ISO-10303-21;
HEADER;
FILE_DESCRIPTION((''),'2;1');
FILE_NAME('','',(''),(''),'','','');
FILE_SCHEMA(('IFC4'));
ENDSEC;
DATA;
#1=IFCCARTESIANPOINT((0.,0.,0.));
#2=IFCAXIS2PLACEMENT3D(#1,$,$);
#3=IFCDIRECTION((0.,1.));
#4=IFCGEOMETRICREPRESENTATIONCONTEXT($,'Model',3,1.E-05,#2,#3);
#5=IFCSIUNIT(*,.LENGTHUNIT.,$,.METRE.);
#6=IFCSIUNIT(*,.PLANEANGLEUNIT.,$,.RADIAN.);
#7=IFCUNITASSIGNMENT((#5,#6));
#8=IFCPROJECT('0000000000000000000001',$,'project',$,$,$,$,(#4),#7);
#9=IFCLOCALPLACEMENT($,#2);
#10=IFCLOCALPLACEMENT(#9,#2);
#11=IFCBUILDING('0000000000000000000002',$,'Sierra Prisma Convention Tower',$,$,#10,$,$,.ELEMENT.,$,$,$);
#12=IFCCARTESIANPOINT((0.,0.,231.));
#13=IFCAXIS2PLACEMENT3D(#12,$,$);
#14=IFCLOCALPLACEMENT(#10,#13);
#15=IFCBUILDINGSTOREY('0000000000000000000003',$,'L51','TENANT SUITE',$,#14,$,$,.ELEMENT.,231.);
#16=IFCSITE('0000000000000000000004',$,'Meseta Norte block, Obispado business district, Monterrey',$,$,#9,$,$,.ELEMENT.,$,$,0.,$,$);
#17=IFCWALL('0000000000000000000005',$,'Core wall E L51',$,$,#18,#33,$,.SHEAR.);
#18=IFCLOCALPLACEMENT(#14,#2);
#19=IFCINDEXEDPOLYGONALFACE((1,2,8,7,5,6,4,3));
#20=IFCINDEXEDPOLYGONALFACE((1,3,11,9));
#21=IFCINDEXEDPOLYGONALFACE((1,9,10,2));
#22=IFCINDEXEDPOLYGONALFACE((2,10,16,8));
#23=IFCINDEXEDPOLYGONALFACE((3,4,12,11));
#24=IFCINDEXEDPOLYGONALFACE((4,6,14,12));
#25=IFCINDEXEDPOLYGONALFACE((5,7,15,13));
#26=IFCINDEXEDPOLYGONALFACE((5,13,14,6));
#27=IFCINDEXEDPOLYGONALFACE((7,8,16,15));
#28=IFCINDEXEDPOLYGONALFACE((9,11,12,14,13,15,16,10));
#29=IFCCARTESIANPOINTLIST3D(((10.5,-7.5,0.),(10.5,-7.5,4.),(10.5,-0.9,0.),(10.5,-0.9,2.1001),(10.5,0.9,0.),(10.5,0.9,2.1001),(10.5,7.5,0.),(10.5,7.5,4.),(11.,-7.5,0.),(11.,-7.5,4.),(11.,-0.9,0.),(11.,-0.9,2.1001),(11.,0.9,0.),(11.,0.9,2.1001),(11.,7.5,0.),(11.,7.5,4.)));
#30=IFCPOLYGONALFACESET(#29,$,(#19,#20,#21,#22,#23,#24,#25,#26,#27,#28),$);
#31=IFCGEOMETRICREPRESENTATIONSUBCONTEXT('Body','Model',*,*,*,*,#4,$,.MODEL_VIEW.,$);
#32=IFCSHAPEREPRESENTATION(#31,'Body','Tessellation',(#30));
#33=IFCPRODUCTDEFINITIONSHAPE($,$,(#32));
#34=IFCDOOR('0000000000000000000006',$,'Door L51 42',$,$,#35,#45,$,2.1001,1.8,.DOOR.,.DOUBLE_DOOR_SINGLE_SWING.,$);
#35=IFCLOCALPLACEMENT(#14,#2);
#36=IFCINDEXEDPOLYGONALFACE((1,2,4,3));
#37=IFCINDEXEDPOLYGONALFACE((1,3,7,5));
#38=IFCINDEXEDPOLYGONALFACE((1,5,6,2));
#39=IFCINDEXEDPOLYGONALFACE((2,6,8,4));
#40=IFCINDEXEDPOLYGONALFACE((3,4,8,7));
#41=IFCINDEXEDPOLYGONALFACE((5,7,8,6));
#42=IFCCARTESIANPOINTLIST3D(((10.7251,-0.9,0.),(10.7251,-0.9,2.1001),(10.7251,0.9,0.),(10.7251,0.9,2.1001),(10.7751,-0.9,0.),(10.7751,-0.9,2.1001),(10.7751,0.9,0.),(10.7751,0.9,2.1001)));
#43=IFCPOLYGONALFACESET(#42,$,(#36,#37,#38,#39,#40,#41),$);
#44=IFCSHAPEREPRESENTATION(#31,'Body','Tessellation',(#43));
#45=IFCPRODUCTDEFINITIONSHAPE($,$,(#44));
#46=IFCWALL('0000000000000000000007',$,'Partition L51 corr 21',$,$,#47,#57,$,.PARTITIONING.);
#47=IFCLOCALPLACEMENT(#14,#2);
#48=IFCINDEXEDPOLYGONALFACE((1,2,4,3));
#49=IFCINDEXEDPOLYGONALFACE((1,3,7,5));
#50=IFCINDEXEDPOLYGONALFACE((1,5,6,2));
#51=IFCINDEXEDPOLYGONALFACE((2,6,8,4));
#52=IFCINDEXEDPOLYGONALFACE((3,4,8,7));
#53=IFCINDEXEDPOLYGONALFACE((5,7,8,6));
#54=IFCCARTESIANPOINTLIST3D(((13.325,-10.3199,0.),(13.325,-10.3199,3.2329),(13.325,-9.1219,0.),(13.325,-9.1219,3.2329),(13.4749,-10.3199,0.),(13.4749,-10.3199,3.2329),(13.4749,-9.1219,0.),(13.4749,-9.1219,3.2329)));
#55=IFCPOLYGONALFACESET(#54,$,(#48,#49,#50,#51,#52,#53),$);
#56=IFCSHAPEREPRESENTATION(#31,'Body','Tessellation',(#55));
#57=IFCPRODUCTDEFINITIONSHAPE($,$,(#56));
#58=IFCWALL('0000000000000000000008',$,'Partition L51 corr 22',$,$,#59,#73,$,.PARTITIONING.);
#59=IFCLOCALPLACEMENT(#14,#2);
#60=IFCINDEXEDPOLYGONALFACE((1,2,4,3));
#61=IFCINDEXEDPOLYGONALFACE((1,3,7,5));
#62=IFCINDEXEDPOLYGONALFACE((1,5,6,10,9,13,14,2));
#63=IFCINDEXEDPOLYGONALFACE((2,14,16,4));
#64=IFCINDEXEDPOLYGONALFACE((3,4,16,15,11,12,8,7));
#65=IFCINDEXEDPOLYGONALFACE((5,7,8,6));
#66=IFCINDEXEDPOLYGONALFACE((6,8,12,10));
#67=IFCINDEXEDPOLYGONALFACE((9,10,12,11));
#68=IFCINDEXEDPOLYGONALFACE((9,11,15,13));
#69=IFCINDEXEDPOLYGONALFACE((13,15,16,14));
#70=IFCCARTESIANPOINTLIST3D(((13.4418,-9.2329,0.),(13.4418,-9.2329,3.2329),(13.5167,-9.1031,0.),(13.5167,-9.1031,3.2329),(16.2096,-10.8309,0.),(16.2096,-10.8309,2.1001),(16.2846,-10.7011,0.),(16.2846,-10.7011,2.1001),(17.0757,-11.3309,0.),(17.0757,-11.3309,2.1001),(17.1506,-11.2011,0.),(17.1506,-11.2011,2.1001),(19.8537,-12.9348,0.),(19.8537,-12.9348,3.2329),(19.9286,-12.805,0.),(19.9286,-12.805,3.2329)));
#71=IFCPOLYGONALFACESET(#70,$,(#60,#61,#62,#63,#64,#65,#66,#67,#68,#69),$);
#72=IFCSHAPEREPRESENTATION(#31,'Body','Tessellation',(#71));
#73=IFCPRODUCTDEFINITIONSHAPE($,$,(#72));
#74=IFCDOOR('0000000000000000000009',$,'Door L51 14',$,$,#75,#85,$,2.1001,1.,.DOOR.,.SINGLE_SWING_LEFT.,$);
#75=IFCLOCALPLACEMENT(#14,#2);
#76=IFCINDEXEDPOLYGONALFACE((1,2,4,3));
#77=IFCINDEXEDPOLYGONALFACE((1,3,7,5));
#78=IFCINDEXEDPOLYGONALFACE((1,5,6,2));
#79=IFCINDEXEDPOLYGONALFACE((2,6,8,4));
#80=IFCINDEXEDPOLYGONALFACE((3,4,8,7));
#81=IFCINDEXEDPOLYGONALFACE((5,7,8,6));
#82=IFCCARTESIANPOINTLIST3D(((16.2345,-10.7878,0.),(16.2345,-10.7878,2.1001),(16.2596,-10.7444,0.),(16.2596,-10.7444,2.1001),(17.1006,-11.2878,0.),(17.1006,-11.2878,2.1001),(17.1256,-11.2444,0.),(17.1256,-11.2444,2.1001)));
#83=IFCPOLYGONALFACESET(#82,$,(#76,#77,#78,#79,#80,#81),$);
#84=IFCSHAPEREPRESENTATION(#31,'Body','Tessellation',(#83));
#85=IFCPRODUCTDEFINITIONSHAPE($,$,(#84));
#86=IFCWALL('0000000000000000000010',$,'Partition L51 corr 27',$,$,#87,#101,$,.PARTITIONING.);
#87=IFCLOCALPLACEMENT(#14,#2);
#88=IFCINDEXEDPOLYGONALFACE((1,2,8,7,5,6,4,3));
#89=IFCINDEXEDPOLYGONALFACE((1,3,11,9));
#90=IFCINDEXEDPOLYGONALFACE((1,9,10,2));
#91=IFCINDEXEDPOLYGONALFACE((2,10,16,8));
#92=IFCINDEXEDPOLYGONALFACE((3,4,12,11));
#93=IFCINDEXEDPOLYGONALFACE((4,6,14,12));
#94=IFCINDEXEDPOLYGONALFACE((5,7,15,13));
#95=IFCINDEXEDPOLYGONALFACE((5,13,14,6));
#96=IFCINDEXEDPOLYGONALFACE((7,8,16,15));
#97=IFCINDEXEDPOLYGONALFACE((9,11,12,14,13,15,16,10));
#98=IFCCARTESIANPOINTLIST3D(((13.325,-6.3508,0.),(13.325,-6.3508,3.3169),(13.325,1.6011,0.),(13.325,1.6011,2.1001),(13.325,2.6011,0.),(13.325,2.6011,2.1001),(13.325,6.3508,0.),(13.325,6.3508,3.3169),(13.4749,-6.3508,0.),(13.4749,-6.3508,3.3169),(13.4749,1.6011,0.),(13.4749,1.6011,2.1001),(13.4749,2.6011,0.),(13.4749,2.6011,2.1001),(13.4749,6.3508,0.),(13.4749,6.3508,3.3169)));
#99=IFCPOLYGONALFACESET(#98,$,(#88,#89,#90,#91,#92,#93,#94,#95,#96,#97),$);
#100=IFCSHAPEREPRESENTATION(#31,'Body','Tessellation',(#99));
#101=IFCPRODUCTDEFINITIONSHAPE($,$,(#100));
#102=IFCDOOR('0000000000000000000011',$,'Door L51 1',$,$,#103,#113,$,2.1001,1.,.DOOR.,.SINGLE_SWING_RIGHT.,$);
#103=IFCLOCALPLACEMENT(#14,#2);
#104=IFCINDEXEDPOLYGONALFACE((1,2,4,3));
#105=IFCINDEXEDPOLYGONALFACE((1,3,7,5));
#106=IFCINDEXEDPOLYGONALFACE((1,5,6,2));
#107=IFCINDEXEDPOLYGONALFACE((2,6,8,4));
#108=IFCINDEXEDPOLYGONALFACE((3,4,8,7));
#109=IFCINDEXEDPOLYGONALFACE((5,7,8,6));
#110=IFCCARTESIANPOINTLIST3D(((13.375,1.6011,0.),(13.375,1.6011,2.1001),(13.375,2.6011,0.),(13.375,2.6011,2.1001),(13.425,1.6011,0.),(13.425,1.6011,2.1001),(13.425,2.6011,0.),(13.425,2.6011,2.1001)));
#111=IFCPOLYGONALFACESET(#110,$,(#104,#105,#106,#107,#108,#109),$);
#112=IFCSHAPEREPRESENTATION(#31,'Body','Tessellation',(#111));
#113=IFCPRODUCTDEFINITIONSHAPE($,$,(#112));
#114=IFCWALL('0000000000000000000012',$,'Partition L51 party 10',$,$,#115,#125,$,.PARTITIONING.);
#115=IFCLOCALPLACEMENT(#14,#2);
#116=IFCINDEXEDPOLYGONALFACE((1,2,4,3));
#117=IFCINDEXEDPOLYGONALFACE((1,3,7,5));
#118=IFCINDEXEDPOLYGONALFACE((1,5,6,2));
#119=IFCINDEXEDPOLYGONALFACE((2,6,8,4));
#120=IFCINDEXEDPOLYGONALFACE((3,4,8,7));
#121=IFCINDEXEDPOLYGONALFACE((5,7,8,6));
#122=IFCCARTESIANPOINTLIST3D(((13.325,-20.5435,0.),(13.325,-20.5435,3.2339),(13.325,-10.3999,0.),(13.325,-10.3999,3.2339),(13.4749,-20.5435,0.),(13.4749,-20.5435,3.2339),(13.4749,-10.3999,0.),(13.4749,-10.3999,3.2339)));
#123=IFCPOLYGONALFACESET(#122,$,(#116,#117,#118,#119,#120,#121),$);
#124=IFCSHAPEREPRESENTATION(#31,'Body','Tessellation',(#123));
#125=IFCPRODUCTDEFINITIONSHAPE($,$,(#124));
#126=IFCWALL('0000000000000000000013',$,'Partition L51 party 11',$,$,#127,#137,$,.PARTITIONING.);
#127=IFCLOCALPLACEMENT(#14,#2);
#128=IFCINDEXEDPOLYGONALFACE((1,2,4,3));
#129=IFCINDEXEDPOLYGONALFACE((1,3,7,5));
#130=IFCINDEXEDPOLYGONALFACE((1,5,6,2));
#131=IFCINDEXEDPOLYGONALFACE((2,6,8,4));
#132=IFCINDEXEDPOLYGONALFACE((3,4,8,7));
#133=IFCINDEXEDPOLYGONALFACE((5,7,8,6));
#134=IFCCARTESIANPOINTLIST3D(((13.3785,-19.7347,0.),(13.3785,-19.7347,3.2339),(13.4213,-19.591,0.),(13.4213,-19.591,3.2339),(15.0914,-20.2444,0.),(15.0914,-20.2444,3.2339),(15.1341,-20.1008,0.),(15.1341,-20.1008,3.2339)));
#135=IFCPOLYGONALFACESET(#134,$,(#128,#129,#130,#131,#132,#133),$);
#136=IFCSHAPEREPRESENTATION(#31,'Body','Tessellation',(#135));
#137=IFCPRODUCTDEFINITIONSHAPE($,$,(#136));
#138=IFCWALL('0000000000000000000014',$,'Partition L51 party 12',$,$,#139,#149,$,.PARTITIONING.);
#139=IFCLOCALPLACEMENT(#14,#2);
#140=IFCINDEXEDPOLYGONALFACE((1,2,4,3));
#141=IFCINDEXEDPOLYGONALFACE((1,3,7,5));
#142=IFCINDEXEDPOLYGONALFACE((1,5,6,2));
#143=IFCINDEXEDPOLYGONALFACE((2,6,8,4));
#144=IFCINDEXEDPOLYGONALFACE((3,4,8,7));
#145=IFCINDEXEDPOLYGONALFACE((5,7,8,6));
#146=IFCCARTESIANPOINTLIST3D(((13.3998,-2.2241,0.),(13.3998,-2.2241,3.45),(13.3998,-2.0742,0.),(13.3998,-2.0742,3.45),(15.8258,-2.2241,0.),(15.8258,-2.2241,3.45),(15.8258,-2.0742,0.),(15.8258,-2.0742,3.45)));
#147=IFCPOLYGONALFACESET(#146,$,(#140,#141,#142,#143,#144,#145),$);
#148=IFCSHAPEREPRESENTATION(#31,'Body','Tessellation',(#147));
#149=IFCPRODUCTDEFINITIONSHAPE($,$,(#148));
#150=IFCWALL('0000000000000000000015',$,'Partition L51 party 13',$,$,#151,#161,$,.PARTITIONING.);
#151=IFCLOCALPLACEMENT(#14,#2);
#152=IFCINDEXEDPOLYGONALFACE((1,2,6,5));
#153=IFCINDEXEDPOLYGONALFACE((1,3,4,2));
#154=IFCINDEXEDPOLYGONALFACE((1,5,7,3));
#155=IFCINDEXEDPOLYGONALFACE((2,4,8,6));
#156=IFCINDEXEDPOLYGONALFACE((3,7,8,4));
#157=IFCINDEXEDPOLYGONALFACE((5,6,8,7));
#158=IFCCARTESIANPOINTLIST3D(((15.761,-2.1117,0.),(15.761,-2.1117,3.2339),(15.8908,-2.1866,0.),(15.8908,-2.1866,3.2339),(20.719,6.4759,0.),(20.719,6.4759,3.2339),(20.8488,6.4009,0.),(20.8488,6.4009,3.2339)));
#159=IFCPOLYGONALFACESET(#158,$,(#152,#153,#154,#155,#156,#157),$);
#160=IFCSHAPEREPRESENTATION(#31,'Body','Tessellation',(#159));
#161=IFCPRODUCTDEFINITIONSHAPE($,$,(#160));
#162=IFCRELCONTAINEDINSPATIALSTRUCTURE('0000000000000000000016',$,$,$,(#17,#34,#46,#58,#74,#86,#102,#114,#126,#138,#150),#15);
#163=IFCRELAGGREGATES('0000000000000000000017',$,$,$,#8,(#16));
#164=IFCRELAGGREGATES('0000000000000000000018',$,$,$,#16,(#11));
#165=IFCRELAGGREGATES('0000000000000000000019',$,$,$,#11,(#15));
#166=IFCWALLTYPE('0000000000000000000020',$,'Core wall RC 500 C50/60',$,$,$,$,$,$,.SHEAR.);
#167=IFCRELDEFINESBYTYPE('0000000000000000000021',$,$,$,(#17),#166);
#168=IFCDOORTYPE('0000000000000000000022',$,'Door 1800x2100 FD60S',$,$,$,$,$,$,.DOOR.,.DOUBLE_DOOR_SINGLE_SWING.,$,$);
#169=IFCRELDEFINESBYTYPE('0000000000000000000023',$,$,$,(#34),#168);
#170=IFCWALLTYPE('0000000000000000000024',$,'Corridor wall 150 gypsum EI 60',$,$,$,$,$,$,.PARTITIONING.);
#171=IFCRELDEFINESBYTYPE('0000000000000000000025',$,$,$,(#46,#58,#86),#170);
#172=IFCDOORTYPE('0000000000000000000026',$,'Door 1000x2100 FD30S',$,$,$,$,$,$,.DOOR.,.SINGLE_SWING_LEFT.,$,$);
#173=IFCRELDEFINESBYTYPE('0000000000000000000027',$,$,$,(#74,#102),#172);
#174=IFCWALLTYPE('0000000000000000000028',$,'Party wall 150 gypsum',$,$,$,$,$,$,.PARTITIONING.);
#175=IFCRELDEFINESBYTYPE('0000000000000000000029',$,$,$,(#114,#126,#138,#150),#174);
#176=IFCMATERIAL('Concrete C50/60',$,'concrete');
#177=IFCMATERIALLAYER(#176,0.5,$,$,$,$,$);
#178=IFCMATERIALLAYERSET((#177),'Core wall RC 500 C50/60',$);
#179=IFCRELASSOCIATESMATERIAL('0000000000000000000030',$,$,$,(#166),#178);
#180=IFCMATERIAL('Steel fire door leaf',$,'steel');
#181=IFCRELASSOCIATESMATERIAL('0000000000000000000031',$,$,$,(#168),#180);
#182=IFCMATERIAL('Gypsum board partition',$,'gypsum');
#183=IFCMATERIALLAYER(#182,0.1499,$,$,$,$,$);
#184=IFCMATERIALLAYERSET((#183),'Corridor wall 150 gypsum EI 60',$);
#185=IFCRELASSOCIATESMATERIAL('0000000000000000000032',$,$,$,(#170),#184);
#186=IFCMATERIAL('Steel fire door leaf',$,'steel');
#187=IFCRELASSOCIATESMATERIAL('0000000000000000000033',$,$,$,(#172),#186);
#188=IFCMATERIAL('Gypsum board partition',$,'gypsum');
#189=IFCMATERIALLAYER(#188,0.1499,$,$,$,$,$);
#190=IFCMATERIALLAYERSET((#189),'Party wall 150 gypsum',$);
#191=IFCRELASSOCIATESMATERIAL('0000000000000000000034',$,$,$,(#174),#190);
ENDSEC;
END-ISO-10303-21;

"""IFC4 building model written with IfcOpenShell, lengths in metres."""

from ifc_helpers import new_model, si_unit, direction, frame, frame_2d, origin, place, context, subcontext, project, spatial, rectangle, extrude, material, layer, layer_set, type_object, element, fill, save


model = new_model("IFC4")

# Units and contexts
model_context = context("Model", 3, precision=1e-05, world=origin(), true_north=direction((0.0, 1.0)))
body_context = subcontext(model_context, "Body", "Model", "MODEL_VIEW")
ifc_project = project(units=[si_unit("LENGTHUNIT", "METRE"), si_unit("PLANEANGLEUNIT", "RADIAN")], contexts=[model_context])

# Site, building, storey
site_placement = place(None, origin())
site = spatial("IfcSite", under=ifc_project, at=site_placement, Name="Meseta Norte block, Obispado business district, Monterrey", CompositionType="ELEMENT", RefElevation=0.0)
building_placement = place(site_placement, origin())
building = spatial("IfcBuilding", under=site, at=building_placement, Name="Sierra Prisma Convention Tower", CompositionType="ELEMENT")
storey_placement = place(building_placement, frame((0.0, 0.0, 231.0)))
storey = spatial("IfcBuildingStorey", under=building, at=storey_placement, Name="L51", Description="TENANT SUITE", CompositionType="ELEMENT", Elevation=231.0)

# Wall, opening, door
ifc_material_1 = material(Name="Concrete C50/60", Category="concrete")
ifc_layer_1 = layer(ifc_material_1, 0.5)
ifc_layer_set_1 = layer_set([ifc_layer_1], Name="Core wall RC 500 C50/60")
wall_type_1 = type_object("IfcWallType", Name="Core wall RC 500 C50/60", PredefinedType="SHEAR", material=ifc_layer_set_1)
wall_1_placement = place(storey_placement, frame((10.75, -7.5, 0.0), z_axis=(0.0, 0.0, 1.0), x_axis=(0.0, 1.0, 0.0)))
wall_1 = element("IfcWall", 1, at=wall_1_placement, inside=storey, type_object=wall_type_1, Name="Core wall E L51", PredefinedType="SHEAR", context=body_context, shape_type="SweptSolid", body=[
    extrude(rectangle(XDim=15.0, YDim=0.5, at=frame_2d((7.5, 0.0))), origin(), (0.0, 0.0, 1.0), 4.0),
])
opening_1_placement = place(wall_1_placement, frame((6.6001, 0.0, 0.0)))
opening_1 = element("IfcOpeningElement", 2, at=opening_1_placement, cuts=wall_1, PredefinedType="OPENING", context=body_context, shape_type="SweptSolid", body=[
    extrude(rectangle(XDim=1.8, YDim=2.1001, at=frame_2d((0.8999, 1.05))), frame((0.0, 0.25, 0.0), z_axis=(0.0, -1.0, 0.0), x_axis=(1.0, 0.0, 0.0)), (0.0, 0.0, 1.0), 0.5),
])
ifc_material_2 = material(Name="Steel fire door leaf", Category="steel")
door_type_1 = type_object("IfcDoorType", Name="Door 1800x2100 FD60S", OperationType="DOUBLE_DOOR_SINGLE_SWING", PredefinedType="DOOR", material=ifc_material_2)
door_1_placement = place(opening_1_placement, origin())
door_1 = element("IfcDoor", 3, at=door_1_placement, inside=storey, type_object=door_type_1, Name="Door L51 42", OperationType="DOUBLE_DOOR_SINGLE_SWING", OverallHeight=2.1001, OverallWidth=1.8, PredefinedType="DOOR", context=body_context, shape_type="SweptSolid", body=[
    extrude(rectangle(XDim=1.8, YDim=2.1001, at=frame_2d((0.8999, 1.05))), frame((0.0, 0.0249, 0.0), z_axis=(0.0, -1.0, 0.0), x_axis=(1.0, 0.0, 0.0)), (0.0, 0.0, 1.0), 0.05),
])
fill(opening_1, door_1)

# Wall
ifc_material_3 = material(Name="Gypsum board partition", Category="gypsum")
ifc_layer_2 = layer(ifc_material_3, 0.1499)
ifc_layer_set_2 = layer_set([ifc_layer_2], Name="Corridor wall 150 gypsum EI 60")
wall_type_2 = type_object("IfcWallType", Name="Corridor wall 150 gypsum EI 60", PredefinedType="PARTITIONING", material=ifc_layer_set_2)
wall_2_placement = place(storey_placement, frame((13.3999, -10.3201, 0.0), z_axis=(0.0, 0.0, 1.0), x_axis=(0.0, 1.0, 0.0)))
element("IfcWall", 4, at=wall_2_placement, inside=storey, type_object=wall_type_2, Name="Partition L51 corr 21", PredefinedType="PARTITIONING", context=body_context, shape_type="SweptSolid", body=[
    extrude(rectangle(XDim=1.198, YDim=0.1499, at=frame_2d((0.5991, 0.0))), origin(), (0.0, 0.0, 1.0), 3.2329),
])

# Walls, openings, doors
wall_3_placement = place(storey_placement, frame((13.4792, -9.168, 0.0), z_axis=(0.0, 0.0, 1.0), x_axis=(0.866025, -0.500001, 0.0)))
wall_3 = element("IfcWall", 5, at=wall_3_placement, inside=storey, type_object=wall_type_2, Name="Partition L51 corr 22", PredefinedType="PARTITIONING", context=body_context, shape_type="SweptSolid", body=[
    extrude(rectangle(XDim=7.4038, YDim=0.1499, at=frame_2d((3.7019, 0.0))), origin(), (0.0, 0.0, 1.0), 3.2329),
])
opening_2_placement = place(wall_3_placement, frame((3.196, 0.0, 0.0)))
opening_2 = element("IfcOpeningElement", 6, at=opening_2_placement, cuts=wall_3, PredefinedType="OPENING", context=body_context, shape_type="SweptSolid", body=[
    extrude(rectangle(XDim=1.0, YDim=2.1001, at=frame_2d((0.5, 1.05))), frame((0.0, 0.075, 0.0), z_axis=(0.0, -1.0, 0.0), x_axis=(1.0, 0.0, 0.0)), (0.0, 0.0, 1.0), 0.1499),
])
ifc_material_4 = material(Name="Steel fire door leaf", Category="steel")
door_type_2 = type_object("IfcDoorType", Name="Door 1000x2100 FD30S", OperationType="SINGLE_SWING_LEFT", PredefinedType="DOOR", material=ifc_material_4)
door_2_placement = place(opening_2_placement, origin())
door_2 = element("IfcDoor", 7, at=door_2_placement, inside=storey, type_object=door_type_2, Name="Door L51 14", OperationType="SINGLE_SWING_LEFT", OverallHeight=2.1001, OverallWidth=1.0, PredefinedType="DOOR", context=body_context, shape_type="SweptSolid", body=[
    extrude(rectangle(XDim=1.0, YDim=2.1001, at=frame_2d((0.5, 1.05))), frame((0.0, 0.0249, 0.0), z_axis=(0.0, -1.0, 0.0), x_axis=(1.0, 0.0, 0.0)), (0.0, 0.0, 1.0), 0.05),
])
fill(opening_2, door_2)
wall_4_placement = place(storey_placement, frame((13.3999, -6.3508, 0.0), z_axis=(0.0, 0.0, 1.0), x_axis=(0.0, 1.0, 0.0)))
wall_4 = element("IfcWall", 8, at=wall_4_placement, inside=storey, type_object=wall_type_2, Name="Partition L51 corr 27", PredefinedType="PARTITIONING", context=body_context, shape_type="SweptSolid", body=[
    extrude(rectangle(XDim=12.7017, YDim=0.1499, at=frame_2d((6.3508, 0.0))), origin(), (0.0, 0.0, 1.0), 3.3169),
])
opening_3_placement = place(wall_4_placement, frame((7.9519, 0.0, 0.0)))
opening_3 = element("IfcOpeningElement", 9, at=opening_3_placement, cuts=wall_4, PredefinedType="OPENING", context=body_context, shape_type="SweptSolid", body=[
    extrude(rectangle(XDim=1.0, YDim=2.1001, at=frame_2d((0.5, 1.05))), frame((0.0, 0.075, 0.0), z_axis=(0.0, -1.0, 0.0), x_axis=(1.0, 0.0, 0.0)), (0.0, 0.0, 1.0), 0.1499),
])
door_3_placement = place(opening_3_placement, origin())
door_3 = element("IfcDoor", 10, at=door_3_placement, inside=storey, type_object=door_type_2, Name="Door L51 1", OperationType="SINGLE_SWING_RIGHT", OverallHeight=2.1001, OverallWidth=1.0, PredefinedType="DOOR", context=body_context, shape_type="SweptSolid", body=[
    extrude(rectangle(XDim=1.0, YDim=2.1001, at=frame_2d((0.5, 1.05))), frame((0.0, 0.0249, 0.0), z_axis=(0.0, -1.0, 0.0), x_axis=(1.0, 0.0, 0.0)), (0.0, 0.0, 1.0), 0.05),
])
fill(opening_3, door_3)

# Walls
ifc_material_5 = material(Name="Gypsum board partition", Category="gypsum")
ifc_layer_3 = layer(ifc_material_5, 0.1499)
ifc_layer_set_3 = layer_set([ifc_layer_3], Name="Party wall 150 gypsum")
wall_type_3 = type_object("IfcWallType", Name="Party wall 150 gypsum", PredefinedType="PARTITIONING", material=ifc_layer_set_3)
wall_5_placement = place(storey_placement, frame((13.3999, -10.3999, 0.0), z_axis=(0.0, 0.0, 1.0), x_axis=(0.0, -1.0, 0.0)))
element("IfcWall", 11, at=wall_5_placement, inside=storey, type_object=wall_type_3, Name="Partition L51 party 10", PredefinedType="PARTITIONING", context=body_context, shape_type="SweptSolid", body=[
    extrude(rectangle(XDim=10.1436, YDim=0.1499, at=frame_2d((5.0718, 0.0))), origin(), (0.0, 0.0, 1.0), 3.2339),
])
wall_6_placement = place(storey_placement, frame((13.3999, -19.6628, 0.0), z_axis=(0.0, 0.0, 1.0), x_axis=(0.958456, -0.285242, 0.0)))
element("IfcWall", 12, at=wall_6_placement, inside=storey, type_object=wall_type_3, Name="Partition L51 party 11", PredefinedType="PARTITIONING", context=body_context, shape_type="SweptSolid", body=[
    extrude(rectangle(XDim=1.7871, YDim=0.1499, at=frame_2d((0.8936, 0.0))), origin(), (0.0, 0.0, 1.0), 3.2339),
])
wall_7_placement = place(storey_placement, frame((13.3999, -2.1492, 0.0), z_axis=(0.0, 0.0, 1.0), x_axis=(1.0, 0.0, 0.0)))
element("IfcWall", 13, at=wall_7_placement, inside=storey, type_object=wall_type_3, Name="Partition L51 party 12", PredefinedType="PARTITIONING", context=body_context, shape_type="SweptSolid", body=[
    extrude(rectangle(XDim=2.426, YDim=0.1499, at=frame_2d((1.2129, 0.0))), origin(), (0.0, 0.0, 1.0), 3.45),
])
wall_8_placement = place(storey_placement, frame((15.8259, -2.1492, 0.0), z_axis=(0.0, 0.0, 1.0), x_axis=(0.499995, 0.866029, 0.0)))
element("IfcWall", 14, at=wall_8_placement, inside=storey, type_object=wall_type_3, Name="Partition L51 party 13", PredefinedType="PARTITIONING", context=body_context, shape_type="SweptSolid", body=[
    extrude(rectangle(XDim=9.916, YDim=0.1499, at=frame_2d((4.958, 0.0))), origin(), (0.0, 0.0, 1.0), 3.2339),
])

save(model, "model.ifc")
